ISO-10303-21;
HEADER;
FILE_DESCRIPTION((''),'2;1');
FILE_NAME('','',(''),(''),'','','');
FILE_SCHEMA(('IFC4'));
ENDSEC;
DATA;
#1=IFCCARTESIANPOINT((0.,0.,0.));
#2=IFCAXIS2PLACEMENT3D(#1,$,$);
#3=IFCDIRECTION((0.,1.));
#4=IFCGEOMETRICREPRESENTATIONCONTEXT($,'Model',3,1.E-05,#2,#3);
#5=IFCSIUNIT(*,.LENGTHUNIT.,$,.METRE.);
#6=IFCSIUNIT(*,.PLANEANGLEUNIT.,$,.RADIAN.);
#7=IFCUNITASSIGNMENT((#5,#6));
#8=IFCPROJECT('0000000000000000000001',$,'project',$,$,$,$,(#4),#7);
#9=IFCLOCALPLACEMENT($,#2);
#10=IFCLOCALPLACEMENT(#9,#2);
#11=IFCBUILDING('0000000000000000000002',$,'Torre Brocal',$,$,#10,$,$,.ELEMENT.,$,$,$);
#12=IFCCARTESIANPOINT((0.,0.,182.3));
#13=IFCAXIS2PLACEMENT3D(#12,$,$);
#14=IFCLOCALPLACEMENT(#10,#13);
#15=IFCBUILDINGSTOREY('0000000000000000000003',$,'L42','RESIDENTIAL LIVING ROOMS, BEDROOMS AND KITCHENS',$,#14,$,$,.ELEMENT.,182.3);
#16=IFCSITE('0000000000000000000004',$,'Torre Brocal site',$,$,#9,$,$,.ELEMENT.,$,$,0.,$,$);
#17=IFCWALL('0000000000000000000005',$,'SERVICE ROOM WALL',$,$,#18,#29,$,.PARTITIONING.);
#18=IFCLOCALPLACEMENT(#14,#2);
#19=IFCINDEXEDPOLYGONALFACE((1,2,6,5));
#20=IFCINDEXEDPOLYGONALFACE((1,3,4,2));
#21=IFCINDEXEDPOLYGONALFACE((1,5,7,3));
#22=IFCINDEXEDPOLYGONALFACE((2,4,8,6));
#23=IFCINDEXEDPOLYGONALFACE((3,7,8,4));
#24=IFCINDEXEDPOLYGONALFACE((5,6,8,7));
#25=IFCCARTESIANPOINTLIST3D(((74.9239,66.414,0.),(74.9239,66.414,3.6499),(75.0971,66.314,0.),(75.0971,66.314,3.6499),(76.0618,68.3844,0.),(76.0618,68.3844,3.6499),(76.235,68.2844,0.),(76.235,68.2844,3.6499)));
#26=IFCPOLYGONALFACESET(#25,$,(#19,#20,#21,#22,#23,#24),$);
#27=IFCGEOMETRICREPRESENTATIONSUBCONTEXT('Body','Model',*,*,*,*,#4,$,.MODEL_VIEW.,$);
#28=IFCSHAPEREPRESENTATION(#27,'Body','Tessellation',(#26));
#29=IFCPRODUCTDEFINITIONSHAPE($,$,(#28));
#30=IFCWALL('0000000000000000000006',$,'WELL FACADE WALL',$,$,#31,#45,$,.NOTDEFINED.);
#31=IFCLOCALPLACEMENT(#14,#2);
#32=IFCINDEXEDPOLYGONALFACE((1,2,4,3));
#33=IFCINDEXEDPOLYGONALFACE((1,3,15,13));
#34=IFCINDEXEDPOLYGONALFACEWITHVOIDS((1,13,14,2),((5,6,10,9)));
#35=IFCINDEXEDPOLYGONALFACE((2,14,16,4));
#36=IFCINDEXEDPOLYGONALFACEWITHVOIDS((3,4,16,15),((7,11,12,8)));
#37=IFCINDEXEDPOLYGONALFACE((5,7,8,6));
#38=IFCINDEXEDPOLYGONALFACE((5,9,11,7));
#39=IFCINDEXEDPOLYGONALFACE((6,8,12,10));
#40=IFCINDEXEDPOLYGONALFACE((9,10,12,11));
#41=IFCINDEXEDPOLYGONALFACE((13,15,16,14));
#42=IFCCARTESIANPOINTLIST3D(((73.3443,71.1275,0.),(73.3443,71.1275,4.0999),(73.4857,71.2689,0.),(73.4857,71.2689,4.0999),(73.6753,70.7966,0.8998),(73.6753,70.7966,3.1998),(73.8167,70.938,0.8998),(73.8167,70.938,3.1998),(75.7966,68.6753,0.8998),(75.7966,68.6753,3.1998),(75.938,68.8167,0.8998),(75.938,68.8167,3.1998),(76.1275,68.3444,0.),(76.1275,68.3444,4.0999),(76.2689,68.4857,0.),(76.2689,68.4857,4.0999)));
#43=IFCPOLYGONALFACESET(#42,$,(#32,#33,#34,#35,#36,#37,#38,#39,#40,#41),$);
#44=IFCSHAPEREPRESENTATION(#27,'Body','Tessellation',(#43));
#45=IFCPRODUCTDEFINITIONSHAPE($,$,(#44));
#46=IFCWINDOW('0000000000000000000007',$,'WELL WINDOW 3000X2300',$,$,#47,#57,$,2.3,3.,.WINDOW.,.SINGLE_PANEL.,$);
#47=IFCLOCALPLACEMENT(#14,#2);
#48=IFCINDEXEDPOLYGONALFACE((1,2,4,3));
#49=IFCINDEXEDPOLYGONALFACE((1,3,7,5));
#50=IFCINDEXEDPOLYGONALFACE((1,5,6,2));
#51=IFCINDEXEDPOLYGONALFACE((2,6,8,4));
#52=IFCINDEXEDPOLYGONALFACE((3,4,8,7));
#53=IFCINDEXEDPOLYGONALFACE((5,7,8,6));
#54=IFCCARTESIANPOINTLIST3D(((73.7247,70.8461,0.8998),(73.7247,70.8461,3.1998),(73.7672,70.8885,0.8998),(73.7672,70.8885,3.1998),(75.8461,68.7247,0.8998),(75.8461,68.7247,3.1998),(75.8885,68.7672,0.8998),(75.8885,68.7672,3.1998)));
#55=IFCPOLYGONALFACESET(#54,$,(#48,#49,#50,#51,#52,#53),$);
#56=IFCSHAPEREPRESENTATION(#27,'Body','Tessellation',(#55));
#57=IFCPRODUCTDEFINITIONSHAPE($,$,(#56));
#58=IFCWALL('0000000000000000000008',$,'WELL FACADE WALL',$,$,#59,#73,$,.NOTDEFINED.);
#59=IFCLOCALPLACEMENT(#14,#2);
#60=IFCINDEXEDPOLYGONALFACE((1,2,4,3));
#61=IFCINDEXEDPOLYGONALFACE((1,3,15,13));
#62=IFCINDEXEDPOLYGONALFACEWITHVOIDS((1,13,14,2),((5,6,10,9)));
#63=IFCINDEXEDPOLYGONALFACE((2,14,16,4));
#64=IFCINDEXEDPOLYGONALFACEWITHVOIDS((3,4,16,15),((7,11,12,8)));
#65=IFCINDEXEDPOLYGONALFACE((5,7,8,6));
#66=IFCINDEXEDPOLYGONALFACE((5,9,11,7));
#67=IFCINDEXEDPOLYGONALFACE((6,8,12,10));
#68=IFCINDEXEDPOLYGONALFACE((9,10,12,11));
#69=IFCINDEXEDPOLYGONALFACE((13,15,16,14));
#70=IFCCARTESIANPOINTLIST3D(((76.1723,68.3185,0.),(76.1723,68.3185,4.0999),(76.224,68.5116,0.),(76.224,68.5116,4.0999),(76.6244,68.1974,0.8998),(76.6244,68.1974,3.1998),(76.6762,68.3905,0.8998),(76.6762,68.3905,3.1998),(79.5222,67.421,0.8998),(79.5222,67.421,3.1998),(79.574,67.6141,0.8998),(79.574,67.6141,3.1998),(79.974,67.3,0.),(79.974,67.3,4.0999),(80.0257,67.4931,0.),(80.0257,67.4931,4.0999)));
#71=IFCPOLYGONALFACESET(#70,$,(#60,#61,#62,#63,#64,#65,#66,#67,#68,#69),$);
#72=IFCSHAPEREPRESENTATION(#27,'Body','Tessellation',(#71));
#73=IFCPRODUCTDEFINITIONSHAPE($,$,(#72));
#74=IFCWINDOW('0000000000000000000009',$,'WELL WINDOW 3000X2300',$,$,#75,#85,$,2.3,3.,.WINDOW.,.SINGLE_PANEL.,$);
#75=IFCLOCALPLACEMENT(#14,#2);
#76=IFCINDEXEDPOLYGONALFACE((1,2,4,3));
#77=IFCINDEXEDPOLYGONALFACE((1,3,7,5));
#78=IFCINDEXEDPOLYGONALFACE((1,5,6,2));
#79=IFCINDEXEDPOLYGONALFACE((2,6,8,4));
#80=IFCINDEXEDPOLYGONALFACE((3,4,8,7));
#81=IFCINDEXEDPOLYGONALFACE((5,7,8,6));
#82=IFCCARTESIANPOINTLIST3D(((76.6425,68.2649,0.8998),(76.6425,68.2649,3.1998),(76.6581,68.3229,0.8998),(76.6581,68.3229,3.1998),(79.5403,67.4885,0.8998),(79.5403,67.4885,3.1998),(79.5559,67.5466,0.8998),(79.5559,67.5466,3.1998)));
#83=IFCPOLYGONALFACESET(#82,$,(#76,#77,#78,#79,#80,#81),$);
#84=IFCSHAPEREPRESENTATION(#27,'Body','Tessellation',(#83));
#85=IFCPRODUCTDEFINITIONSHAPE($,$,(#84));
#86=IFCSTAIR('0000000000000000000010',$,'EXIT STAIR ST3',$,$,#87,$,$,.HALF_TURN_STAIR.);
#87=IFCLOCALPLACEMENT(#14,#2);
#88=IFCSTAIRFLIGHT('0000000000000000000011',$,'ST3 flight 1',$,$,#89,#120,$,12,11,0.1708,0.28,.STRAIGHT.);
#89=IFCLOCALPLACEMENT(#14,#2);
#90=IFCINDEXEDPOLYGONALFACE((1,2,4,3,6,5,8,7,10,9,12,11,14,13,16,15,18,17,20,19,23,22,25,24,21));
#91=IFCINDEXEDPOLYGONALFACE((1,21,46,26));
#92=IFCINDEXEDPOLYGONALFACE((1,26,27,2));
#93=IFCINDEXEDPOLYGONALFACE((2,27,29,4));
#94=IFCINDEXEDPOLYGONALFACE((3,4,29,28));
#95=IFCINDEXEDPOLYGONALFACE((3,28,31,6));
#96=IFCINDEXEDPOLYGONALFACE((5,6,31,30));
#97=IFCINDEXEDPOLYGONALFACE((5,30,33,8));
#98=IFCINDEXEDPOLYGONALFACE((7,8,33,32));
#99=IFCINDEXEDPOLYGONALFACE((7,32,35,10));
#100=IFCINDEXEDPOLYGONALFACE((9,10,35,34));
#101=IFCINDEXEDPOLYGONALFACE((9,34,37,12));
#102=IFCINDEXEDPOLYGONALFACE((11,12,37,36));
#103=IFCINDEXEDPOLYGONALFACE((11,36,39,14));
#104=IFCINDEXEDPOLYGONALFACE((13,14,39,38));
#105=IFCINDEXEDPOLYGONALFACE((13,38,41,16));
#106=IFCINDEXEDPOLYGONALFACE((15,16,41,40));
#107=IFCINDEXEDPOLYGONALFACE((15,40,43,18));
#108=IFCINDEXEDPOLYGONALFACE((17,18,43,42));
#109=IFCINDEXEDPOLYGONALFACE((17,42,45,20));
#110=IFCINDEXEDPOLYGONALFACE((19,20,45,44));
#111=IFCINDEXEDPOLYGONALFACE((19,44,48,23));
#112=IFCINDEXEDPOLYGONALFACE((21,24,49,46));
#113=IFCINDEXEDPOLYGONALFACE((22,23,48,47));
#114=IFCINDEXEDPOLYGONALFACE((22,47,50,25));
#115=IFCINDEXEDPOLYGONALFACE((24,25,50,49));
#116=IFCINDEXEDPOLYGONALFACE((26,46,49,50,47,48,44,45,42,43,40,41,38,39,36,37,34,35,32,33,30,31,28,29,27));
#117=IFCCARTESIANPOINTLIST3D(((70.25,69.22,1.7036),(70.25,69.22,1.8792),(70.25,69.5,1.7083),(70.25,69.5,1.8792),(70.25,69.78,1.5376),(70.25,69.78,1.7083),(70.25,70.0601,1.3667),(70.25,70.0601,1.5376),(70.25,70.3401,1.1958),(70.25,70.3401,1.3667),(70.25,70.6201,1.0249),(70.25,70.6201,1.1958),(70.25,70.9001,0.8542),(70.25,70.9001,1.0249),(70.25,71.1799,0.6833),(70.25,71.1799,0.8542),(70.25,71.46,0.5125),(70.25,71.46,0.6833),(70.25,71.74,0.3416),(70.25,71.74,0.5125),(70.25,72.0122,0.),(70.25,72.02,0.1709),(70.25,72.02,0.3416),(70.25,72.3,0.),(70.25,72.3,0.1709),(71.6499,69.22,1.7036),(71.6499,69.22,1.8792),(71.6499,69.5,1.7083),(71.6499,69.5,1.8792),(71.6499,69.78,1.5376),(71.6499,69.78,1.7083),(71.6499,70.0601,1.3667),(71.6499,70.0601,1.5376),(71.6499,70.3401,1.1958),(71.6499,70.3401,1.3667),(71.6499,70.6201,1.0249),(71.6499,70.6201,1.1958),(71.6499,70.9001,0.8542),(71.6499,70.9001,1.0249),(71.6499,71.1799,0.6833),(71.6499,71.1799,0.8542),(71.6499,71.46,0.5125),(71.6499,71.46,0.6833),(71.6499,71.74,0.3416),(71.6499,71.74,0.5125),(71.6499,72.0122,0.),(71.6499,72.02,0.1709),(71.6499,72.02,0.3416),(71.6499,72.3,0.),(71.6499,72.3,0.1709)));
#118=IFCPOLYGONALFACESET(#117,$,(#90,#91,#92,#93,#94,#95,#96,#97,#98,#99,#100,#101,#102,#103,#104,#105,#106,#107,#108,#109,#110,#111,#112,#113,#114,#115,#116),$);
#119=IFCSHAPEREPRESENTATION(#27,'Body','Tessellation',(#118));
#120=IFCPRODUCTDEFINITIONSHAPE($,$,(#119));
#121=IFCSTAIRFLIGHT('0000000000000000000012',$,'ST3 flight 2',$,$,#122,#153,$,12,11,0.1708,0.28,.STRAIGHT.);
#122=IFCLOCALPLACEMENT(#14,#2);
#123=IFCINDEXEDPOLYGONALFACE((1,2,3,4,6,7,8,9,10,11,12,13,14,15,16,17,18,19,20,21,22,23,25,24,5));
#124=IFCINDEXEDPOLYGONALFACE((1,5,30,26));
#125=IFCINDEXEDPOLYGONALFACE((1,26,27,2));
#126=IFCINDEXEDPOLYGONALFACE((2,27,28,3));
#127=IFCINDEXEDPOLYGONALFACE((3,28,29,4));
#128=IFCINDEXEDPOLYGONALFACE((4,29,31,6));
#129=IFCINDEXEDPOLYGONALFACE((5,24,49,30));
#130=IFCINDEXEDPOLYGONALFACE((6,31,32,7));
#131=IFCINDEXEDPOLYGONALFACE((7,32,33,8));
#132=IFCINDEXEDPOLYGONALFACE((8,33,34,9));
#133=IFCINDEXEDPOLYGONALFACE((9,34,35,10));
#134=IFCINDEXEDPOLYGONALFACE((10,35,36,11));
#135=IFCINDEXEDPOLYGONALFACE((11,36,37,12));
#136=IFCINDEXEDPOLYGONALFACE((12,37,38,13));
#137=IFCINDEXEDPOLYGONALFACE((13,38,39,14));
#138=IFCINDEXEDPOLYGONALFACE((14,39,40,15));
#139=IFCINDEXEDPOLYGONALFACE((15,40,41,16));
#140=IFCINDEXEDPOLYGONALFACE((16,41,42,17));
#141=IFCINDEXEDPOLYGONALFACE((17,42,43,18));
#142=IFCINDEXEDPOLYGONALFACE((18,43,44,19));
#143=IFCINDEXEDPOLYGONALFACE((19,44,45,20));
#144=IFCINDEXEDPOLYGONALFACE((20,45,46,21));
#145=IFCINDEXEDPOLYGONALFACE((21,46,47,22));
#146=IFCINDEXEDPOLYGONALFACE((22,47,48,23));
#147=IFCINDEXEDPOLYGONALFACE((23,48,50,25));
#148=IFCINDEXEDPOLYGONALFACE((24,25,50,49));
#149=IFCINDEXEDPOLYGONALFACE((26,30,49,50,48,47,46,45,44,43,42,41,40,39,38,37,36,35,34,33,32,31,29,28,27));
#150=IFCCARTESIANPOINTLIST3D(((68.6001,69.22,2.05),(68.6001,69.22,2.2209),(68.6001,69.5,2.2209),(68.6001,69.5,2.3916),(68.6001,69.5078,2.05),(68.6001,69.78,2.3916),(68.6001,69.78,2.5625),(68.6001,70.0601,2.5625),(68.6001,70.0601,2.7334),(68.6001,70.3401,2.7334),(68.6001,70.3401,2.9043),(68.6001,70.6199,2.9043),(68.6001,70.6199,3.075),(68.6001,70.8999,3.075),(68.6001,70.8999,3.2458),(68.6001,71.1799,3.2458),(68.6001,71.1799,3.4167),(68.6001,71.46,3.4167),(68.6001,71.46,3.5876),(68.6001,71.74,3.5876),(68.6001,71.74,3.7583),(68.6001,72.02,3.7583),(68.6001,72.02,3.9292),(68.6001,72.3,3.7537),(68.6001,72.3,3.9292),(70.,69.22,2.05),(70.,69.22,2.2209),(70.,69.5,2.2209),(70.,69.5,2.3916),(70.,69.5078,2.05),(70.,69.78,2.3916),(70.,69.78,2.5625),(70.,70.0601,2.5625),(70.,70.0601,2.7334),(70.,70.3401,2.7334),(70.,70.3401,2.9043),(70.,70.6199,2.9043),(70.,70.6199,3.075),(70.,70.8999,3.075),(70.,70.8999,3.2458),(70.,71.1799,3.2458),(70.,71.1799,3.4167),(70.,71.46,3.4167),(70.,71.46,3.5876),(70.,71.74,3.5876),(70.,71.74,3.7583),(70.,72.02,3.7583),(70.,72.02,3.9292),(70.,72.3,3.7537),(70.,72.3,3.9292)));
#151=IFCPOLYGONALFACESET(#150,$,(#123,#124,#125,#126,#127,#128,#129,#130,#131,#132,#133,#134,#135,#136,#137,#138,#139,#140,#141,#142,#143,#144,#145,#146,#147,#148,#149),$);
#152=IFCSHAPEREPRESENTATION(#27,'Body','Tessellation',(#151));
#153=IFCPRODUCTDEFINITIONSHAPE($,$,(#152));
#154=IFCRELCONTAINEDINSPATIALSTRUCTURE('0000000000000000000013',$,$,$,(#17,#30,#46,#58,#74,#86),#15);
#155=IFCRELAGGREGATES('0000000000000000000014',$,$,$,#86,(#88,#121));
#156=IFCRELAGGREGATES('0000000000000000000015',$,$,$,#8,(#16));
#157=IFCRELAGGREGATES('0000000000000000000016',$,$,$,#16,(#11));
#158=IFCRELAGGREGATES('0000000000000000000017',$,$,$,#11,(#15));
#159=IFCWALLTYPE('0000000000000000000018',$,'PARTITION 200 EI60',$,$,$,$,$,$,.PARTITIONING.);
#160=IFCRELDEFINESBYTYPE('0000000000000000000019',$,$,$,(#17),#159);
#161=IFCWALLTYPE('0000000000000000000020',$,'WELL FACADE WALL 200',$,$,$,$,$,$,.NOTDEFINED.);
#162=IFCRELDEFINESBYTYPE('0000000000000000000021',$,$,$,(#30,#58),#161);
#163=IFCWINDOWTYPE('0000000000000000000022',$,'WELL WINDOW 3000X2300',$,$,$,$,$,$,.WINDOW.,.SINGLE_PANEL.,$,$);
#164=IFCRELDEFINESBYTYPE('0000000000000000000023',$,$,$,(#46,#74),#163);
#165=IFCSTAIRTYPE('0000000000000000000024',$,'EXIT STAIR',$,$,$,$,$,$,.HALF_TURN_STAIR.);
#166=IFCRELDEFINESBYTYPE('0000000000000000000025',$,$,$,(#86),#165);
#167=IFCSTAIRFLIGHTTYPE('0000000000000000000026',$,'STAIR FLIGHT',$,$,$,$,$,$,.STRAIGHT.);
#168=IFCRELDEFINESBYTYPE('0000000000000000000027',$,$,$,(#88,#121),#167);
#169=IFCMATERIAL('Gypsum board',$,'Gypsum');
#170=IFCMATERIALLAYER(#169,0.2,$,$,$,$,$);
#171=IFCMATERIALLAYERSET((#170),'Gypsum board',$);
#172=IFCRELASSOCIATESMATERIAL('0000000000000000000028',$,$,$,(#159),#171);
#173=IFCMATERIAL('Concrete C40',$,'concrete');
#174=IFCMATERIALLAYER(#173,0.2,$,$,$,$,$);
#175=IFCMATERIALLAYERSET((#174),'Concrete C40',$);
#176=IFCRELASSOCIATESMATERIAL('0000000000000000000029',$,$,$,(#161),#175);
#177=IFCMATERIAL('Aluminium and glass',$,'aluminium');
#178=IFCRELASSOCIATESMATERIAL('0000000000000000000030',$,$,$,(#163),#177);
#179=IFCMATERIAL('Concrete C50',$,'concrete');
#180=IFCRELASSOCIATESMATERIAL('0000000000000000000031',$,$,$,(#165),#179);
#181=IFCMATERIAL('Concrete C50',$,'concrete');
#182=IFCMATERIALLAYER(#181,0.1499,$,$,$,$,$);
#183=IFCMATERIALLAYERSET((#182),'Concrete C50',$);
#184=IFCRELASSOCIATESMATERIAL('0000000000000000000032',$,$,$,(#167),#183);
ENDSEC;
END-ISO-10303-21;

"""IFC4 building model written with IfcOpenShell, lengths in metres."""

from ifc_helpers import new_model, si_unit, direction, frame, frame_2d, origin, place, context, subcontext, project, spatial, polyline, rectangle, outline, extrude, material, layer, layer_set, type_object, element, fill, aggregate, save


model = new_model("IFC4")

# Units and contexts
model_context = context("Model", 3, precision=1e-05, world=origin(), true_north=direction((0.0, 1.0)))
body_context = subcontext(model_context, "Body", "Model", "MODEL_VIEW")
ifc_project = project(units=[si_unit("LENGTHUNIT", "METRE"), si_unit("PLANEANGLEUNIT", "RADIAN")], contexts=[model_context])

# Site, building, storey
site_placement = place(None, origin())
site = spatial("IfcSite", under=ifc_project, at=site_placement, Name="Torre Brocal site", CompositionType="ELEMENT", RefElevation=0.0)
building_placement = place(site_placement, origin())
building = spatial("IfcBuilding", under=site, at=building_placement, Name="Torre Brocal", CompositionType="ELEMENT")
storey_placement = place(building_placement, frame((0.0, 0.0, 182.3)))
storey = spatial("IfcBuildingStorey", under=building, at=storey_placement, Name="L42", Description="RESIDENTIAL LIVING ROOMS, BEDROOMS AND KITCHENS", CompositionType="ELEMENT", Elevation=182.3)

# Shared definitions
ifc_material_1 = material(Name="Gypsum board", Category="Gypsum")
ifc_layer_1 = layer(ifc_material_1, 0.2)
ifc_layer_set_1 = layer_set([ifc_layer_1], Name="Gypsum board")
wall_type_1 = type_object("IfcWallType", Name="PARTITION 200 EI60", PredefinedType="PARTITIONING", material=ifc_layer_set_1)

# Wall
wall_1_placement = place(storey_placement, frame((75.0105, 66.364, 0.0), z_axis=(0.0, 0.0, 1.0), x_axis=(0.500097, 0.865969, 0.0)))
element("IfcWall", 1, at=wall_1_placement, inside=storey, type_object=wall_type_1, Name="SERVICE ROOM WALL", PredefinedType="PARTITIONING", context=body_context, shape_type="SweptSolid", body=[
    extrude(rectangle(XDim=2.2754, YDim=0.2, at=frame_2d((1.1377, 0.0))), origin(), (0.0, 0.0, 1.0), 3.6499),
])

# Walls, openings, windows
ifc_material_2 = material(Name="Concrete C40", Category="concrete")
ifc_layer_2 = layer(ifc_material_2, 0.2)
ifc_layer_set_2 = layer_set([ifc_layer_2], Name="Concrete C40")
wall_type_2 = type_object("IfcWallType", Name="WELL FACADE WALL 200", PredefinedType="NOTDEFINED", material=ifc_layer_set_2)
wall_2_placement = place(storey_placement, frame((73.415, 71.1982, 0.0), z_axis=(0.0, 0.0, 1.0), x_axis=(0.707107, -0.707107, 0.0)))
wall_2 = element("IfcWall", 2, at=wall_2_placement, inside=storey, type_object=wall_type_2, Name="WELL FACADE WALL", PredefinedType="NOTDEFINED", context=body_context, shape_type="SweptSolid", body=[
    extrude(rectangle(XDim=3.936, YDim=0.2, at=frame_2d((1.968, 0.0))), origin(), (0.0, 0.0, 1.0), 4.0999),
])
opening_1_placement = place(wall_2_placement, frame((0.468, 0.0, 0.8999)))
opening_1 = element("IfcOpeningElement", 3, at=opening_1_placement, cuts=wall_2, PredefinedType="OPENING", context=body_context, shape_type="SweptSolid", body=[
    extrude(rectangle(XDim=3.0, YDim=2.3, at=frame_2d((1.5, 1.1499))), frame((0.0, 0.1099, 0.0), z_axis=(0.0, -1.0, 0.0), x_axis=(1.0, 0.0, 0.0)), (0.0, 0.0, 1.0), 0.22),
])
ifc_material_3 = material(Name="Aluminium and glass", Category="aluminium")
window_type = type_object("IfcWindowType", Name="WELL WINDOW 3000X2300", PartitioningType="SINGLE_PANEL", PredefinedType="WINDOW", material=ifc_material_3)
window_1_placement = place(opening_1_placement, origin())
window_1 = element("IfcWindow", 4, at=window_1_placement, inside=storey, type_object=window_type, Name="WELL WINDOW 3000X2300", OverallHeight=2.3, OverallWidth=3.0, PartitioningType="SINGLE_PANEL", PredefinedType="WINDOW", context=body_context, shape_type="SweptSolid", body=[
    extrude(rectangle(XDim=3.0, YDim=2.3, at=frame_2d((1.5, 1.1499))), frame((0.0, 0.03, 0.0), z_axis=(0.0, -1.0, 0.0), x_axis=(1.0, 0.0, 0.0)), (0.0, 0.0, 1.0), 0.0601),
])
fill(opening_1, window_1)
wall_3_placement = place(storey_placement, frame((76.1982, 68.415, 0.0), z_axis=(0.0, 0.0, 1.0), x_axis=(0.965934, -0.25879, 0.0)))
wall_3 = element("IfcWall", 5, at=wall_3_placement, inside=storey, type_object=wall_type_2, Name="WELL FACADE WALL", PredefinedType="NOTDEFINED", context=body_context, shape_type="SweptSolid", body=[
    extrude(rectangle(XDim=3.9358, YDim=0.2, at=frame_2d((1.9678, 0.0))), origin(), (0.0, 0.0, 1.0), 4.0999),
])
opening_2_placement = place(wall_3_placement, frame((0.468, 0.0, 0.8999)))
opening_2 = element("IfcOpeningElement", 6, at=opening_2_placement, cuts=wall_3, PredefinedType="OPENING", context=body_context, shape_type="SweptSolid", body=[
    extrude(rectangle(XDim=3.0, YDim=2.3, at=frame_2d((1.5, 1.1499))), frame((0.0, 0.1099, 0.0), z_axis=(0.0, -1.0, 0.0), x_axis=(1.0, 0.0, 0.0)), (0.0, 0.0, 1.0), 0.22),
])
window_2_placement = place(opening_2_placement, origin())
window_2 = element("IfcWindow", 7, at=window_2_placement, inside=storey, type_object=window_type, Name="WELL WINDOW 3000X2300", OverallHeight=2.3, OverallWidth=3.0, PartitioningType="SINGLE_PANEL", PredefinedType="WINDOW", context=body_context, shape_type="SweptSolid", body=[
    extrude(rectangle(XDim=3.0, YDim=2.3, at=frame_2d((1.5, 1.1499))), frame((0.0, 0.03, 0.0), z_axis=(0.0, -1.0, 0.0), x_axis=(1.0, 0.0, 0.0)), (0.0, 0.0, 1.0), 0.0601),
])
fill(opening_2, window_2)

# Stair, stair flights
ifc_material_4 = material(Name="Concrete C50", Category="concrete")
stair_type = type_object("IfcStairType", Name="EXIT STAIR", PredefinedType="HALF_TURN_STAIR", material=ifc_material_4)
stair_placement = place(storey_placement, origin())
stair = element("IfcStair", 8, at=stair_placement, inside=storey, type_object=stair_type, Name="EXIT STAIR ST3", PredefinedType="HALF_TURN_STAIR")
ifc_material_5 = material(Name="Concrete C50", Category="concrete")
ifc_layer_3 = layer(ifc_material_5, 0.1499)
ifc_layer_set_3 = layer_set([ifc_layer_3], Name="Concrete C50")
stair_flight_type = type_object("IfcStairFlightType", Name="STAIR FLIGHT", PredefinedType="STRAIGHT", material=ifc_layer_set_3)
stair_flight_1_placement = place(storey_placement, frame((70.95, 72.3, 0.0), z_axis=(0.0, 0.0, 1.0), x_axis=(0.0, -1.0, 0.0)))
stair_flight_1 = element("IfcStairFlight", 9, at=stair_flight_1_placement, type_object=stair_flight_type, Name="ST3 flight 1", NumberOfRisers=12, NumberOfTreads=11, PredefinedType="STRAIGHT", RiserHeight=0.1708, TreadLength=0.28, context=body_context, shape_type="SweptSolid", body=[
    extrude(outline(polyline([(0.0, 0.0), (0.0, 0.1709), (0.28, 0.1709), (0.28, 0.3416), (0.5601, 0.3416), (0.5601, 0.5125), (0.8401, 0.5125), (0.8401, 0.6833), (1.1201, 0.6833), (1.1201, 0.8542), (1.3999, 0.8542), (1.3999, 1.0249), (1.6799, 1.0249), (1.6799, 1.1958), (1.96, 1.1958), (1.96, 1.3667), (2.24, 1.3667), (2.24, 1.5376), (2.52, 1.5376), (2.52, 1.7083), (2.8, 1.7083), (2.8, 1.8792), (3.0801, 1.8792), (3.0801, 2.05), (3.0801, 1.7036), (0.2878, 0.0), (0.0, 0.0)])), frame((0.0, 0.7, 0.0), z_axis=(0.0, -1.0, 0.0), x_axis=(1.0, 0.0, 0.0)), (0.0, 0.0, 1.0), 1.3999),
])
stair_flight_2_placement = place(storey_placement, frame((69.3, 69.22, 2.05), z_axis=(0.0, 0.0, 1.0), x_axis=(0.0, 1.0, 0.0)))
stair_flight_2 = element("IfcStairFlight", 10, at=stair_flight_2_placement, type_object=stair_flight_type, Name="ST3 flight 2", NumberOfRisers=12, NumberOfTreads=11, PredefinedType="STRAIGHT", RiserHeight=0.1708, TreadLength=0.28, context=body_context, shape_type="SweptSolid", body=[
    extrude(outline(polyline([(0.0, 0.0), (0.0, 0.1709), (0.28, 0.1709), (0.28, 0.3416), (0.5601, 0.3416), (0.5601, 0.5125), (0.8401, 0.5125), (0.8401, 0.6833), (1.1201, 0.6833), (1.1201, 0.8542), (1.3999, 0.8542), (1.3999, 1.0249), (1.6799, 1.0249), (1.6799, 1.1958), (1.96, 1.1958), (1.96, 1.3667), (2.24, 1.3667), (2.24, 1.5376), (2.52, 1.5376), (2.52, 1.7083), (2.8, 1.7083), (2.8, 1.8792), (3.0801, 1.8792), (3.0801, 2.05), (3.0801, 1.7036), (0.2878, 0.0), (0.0, 0.0)])), frame((0.0, 0.7, 0.0), z_axis=(0.0, -1.0, 0.0), x_axis=(1.0, 0.0, 0.0)), (0.0, 0.0, 1.0), 1.3999),
])
aggregate(stair, [stair_flight_1, stair_flight_2])

save(model, "model.ifc")
